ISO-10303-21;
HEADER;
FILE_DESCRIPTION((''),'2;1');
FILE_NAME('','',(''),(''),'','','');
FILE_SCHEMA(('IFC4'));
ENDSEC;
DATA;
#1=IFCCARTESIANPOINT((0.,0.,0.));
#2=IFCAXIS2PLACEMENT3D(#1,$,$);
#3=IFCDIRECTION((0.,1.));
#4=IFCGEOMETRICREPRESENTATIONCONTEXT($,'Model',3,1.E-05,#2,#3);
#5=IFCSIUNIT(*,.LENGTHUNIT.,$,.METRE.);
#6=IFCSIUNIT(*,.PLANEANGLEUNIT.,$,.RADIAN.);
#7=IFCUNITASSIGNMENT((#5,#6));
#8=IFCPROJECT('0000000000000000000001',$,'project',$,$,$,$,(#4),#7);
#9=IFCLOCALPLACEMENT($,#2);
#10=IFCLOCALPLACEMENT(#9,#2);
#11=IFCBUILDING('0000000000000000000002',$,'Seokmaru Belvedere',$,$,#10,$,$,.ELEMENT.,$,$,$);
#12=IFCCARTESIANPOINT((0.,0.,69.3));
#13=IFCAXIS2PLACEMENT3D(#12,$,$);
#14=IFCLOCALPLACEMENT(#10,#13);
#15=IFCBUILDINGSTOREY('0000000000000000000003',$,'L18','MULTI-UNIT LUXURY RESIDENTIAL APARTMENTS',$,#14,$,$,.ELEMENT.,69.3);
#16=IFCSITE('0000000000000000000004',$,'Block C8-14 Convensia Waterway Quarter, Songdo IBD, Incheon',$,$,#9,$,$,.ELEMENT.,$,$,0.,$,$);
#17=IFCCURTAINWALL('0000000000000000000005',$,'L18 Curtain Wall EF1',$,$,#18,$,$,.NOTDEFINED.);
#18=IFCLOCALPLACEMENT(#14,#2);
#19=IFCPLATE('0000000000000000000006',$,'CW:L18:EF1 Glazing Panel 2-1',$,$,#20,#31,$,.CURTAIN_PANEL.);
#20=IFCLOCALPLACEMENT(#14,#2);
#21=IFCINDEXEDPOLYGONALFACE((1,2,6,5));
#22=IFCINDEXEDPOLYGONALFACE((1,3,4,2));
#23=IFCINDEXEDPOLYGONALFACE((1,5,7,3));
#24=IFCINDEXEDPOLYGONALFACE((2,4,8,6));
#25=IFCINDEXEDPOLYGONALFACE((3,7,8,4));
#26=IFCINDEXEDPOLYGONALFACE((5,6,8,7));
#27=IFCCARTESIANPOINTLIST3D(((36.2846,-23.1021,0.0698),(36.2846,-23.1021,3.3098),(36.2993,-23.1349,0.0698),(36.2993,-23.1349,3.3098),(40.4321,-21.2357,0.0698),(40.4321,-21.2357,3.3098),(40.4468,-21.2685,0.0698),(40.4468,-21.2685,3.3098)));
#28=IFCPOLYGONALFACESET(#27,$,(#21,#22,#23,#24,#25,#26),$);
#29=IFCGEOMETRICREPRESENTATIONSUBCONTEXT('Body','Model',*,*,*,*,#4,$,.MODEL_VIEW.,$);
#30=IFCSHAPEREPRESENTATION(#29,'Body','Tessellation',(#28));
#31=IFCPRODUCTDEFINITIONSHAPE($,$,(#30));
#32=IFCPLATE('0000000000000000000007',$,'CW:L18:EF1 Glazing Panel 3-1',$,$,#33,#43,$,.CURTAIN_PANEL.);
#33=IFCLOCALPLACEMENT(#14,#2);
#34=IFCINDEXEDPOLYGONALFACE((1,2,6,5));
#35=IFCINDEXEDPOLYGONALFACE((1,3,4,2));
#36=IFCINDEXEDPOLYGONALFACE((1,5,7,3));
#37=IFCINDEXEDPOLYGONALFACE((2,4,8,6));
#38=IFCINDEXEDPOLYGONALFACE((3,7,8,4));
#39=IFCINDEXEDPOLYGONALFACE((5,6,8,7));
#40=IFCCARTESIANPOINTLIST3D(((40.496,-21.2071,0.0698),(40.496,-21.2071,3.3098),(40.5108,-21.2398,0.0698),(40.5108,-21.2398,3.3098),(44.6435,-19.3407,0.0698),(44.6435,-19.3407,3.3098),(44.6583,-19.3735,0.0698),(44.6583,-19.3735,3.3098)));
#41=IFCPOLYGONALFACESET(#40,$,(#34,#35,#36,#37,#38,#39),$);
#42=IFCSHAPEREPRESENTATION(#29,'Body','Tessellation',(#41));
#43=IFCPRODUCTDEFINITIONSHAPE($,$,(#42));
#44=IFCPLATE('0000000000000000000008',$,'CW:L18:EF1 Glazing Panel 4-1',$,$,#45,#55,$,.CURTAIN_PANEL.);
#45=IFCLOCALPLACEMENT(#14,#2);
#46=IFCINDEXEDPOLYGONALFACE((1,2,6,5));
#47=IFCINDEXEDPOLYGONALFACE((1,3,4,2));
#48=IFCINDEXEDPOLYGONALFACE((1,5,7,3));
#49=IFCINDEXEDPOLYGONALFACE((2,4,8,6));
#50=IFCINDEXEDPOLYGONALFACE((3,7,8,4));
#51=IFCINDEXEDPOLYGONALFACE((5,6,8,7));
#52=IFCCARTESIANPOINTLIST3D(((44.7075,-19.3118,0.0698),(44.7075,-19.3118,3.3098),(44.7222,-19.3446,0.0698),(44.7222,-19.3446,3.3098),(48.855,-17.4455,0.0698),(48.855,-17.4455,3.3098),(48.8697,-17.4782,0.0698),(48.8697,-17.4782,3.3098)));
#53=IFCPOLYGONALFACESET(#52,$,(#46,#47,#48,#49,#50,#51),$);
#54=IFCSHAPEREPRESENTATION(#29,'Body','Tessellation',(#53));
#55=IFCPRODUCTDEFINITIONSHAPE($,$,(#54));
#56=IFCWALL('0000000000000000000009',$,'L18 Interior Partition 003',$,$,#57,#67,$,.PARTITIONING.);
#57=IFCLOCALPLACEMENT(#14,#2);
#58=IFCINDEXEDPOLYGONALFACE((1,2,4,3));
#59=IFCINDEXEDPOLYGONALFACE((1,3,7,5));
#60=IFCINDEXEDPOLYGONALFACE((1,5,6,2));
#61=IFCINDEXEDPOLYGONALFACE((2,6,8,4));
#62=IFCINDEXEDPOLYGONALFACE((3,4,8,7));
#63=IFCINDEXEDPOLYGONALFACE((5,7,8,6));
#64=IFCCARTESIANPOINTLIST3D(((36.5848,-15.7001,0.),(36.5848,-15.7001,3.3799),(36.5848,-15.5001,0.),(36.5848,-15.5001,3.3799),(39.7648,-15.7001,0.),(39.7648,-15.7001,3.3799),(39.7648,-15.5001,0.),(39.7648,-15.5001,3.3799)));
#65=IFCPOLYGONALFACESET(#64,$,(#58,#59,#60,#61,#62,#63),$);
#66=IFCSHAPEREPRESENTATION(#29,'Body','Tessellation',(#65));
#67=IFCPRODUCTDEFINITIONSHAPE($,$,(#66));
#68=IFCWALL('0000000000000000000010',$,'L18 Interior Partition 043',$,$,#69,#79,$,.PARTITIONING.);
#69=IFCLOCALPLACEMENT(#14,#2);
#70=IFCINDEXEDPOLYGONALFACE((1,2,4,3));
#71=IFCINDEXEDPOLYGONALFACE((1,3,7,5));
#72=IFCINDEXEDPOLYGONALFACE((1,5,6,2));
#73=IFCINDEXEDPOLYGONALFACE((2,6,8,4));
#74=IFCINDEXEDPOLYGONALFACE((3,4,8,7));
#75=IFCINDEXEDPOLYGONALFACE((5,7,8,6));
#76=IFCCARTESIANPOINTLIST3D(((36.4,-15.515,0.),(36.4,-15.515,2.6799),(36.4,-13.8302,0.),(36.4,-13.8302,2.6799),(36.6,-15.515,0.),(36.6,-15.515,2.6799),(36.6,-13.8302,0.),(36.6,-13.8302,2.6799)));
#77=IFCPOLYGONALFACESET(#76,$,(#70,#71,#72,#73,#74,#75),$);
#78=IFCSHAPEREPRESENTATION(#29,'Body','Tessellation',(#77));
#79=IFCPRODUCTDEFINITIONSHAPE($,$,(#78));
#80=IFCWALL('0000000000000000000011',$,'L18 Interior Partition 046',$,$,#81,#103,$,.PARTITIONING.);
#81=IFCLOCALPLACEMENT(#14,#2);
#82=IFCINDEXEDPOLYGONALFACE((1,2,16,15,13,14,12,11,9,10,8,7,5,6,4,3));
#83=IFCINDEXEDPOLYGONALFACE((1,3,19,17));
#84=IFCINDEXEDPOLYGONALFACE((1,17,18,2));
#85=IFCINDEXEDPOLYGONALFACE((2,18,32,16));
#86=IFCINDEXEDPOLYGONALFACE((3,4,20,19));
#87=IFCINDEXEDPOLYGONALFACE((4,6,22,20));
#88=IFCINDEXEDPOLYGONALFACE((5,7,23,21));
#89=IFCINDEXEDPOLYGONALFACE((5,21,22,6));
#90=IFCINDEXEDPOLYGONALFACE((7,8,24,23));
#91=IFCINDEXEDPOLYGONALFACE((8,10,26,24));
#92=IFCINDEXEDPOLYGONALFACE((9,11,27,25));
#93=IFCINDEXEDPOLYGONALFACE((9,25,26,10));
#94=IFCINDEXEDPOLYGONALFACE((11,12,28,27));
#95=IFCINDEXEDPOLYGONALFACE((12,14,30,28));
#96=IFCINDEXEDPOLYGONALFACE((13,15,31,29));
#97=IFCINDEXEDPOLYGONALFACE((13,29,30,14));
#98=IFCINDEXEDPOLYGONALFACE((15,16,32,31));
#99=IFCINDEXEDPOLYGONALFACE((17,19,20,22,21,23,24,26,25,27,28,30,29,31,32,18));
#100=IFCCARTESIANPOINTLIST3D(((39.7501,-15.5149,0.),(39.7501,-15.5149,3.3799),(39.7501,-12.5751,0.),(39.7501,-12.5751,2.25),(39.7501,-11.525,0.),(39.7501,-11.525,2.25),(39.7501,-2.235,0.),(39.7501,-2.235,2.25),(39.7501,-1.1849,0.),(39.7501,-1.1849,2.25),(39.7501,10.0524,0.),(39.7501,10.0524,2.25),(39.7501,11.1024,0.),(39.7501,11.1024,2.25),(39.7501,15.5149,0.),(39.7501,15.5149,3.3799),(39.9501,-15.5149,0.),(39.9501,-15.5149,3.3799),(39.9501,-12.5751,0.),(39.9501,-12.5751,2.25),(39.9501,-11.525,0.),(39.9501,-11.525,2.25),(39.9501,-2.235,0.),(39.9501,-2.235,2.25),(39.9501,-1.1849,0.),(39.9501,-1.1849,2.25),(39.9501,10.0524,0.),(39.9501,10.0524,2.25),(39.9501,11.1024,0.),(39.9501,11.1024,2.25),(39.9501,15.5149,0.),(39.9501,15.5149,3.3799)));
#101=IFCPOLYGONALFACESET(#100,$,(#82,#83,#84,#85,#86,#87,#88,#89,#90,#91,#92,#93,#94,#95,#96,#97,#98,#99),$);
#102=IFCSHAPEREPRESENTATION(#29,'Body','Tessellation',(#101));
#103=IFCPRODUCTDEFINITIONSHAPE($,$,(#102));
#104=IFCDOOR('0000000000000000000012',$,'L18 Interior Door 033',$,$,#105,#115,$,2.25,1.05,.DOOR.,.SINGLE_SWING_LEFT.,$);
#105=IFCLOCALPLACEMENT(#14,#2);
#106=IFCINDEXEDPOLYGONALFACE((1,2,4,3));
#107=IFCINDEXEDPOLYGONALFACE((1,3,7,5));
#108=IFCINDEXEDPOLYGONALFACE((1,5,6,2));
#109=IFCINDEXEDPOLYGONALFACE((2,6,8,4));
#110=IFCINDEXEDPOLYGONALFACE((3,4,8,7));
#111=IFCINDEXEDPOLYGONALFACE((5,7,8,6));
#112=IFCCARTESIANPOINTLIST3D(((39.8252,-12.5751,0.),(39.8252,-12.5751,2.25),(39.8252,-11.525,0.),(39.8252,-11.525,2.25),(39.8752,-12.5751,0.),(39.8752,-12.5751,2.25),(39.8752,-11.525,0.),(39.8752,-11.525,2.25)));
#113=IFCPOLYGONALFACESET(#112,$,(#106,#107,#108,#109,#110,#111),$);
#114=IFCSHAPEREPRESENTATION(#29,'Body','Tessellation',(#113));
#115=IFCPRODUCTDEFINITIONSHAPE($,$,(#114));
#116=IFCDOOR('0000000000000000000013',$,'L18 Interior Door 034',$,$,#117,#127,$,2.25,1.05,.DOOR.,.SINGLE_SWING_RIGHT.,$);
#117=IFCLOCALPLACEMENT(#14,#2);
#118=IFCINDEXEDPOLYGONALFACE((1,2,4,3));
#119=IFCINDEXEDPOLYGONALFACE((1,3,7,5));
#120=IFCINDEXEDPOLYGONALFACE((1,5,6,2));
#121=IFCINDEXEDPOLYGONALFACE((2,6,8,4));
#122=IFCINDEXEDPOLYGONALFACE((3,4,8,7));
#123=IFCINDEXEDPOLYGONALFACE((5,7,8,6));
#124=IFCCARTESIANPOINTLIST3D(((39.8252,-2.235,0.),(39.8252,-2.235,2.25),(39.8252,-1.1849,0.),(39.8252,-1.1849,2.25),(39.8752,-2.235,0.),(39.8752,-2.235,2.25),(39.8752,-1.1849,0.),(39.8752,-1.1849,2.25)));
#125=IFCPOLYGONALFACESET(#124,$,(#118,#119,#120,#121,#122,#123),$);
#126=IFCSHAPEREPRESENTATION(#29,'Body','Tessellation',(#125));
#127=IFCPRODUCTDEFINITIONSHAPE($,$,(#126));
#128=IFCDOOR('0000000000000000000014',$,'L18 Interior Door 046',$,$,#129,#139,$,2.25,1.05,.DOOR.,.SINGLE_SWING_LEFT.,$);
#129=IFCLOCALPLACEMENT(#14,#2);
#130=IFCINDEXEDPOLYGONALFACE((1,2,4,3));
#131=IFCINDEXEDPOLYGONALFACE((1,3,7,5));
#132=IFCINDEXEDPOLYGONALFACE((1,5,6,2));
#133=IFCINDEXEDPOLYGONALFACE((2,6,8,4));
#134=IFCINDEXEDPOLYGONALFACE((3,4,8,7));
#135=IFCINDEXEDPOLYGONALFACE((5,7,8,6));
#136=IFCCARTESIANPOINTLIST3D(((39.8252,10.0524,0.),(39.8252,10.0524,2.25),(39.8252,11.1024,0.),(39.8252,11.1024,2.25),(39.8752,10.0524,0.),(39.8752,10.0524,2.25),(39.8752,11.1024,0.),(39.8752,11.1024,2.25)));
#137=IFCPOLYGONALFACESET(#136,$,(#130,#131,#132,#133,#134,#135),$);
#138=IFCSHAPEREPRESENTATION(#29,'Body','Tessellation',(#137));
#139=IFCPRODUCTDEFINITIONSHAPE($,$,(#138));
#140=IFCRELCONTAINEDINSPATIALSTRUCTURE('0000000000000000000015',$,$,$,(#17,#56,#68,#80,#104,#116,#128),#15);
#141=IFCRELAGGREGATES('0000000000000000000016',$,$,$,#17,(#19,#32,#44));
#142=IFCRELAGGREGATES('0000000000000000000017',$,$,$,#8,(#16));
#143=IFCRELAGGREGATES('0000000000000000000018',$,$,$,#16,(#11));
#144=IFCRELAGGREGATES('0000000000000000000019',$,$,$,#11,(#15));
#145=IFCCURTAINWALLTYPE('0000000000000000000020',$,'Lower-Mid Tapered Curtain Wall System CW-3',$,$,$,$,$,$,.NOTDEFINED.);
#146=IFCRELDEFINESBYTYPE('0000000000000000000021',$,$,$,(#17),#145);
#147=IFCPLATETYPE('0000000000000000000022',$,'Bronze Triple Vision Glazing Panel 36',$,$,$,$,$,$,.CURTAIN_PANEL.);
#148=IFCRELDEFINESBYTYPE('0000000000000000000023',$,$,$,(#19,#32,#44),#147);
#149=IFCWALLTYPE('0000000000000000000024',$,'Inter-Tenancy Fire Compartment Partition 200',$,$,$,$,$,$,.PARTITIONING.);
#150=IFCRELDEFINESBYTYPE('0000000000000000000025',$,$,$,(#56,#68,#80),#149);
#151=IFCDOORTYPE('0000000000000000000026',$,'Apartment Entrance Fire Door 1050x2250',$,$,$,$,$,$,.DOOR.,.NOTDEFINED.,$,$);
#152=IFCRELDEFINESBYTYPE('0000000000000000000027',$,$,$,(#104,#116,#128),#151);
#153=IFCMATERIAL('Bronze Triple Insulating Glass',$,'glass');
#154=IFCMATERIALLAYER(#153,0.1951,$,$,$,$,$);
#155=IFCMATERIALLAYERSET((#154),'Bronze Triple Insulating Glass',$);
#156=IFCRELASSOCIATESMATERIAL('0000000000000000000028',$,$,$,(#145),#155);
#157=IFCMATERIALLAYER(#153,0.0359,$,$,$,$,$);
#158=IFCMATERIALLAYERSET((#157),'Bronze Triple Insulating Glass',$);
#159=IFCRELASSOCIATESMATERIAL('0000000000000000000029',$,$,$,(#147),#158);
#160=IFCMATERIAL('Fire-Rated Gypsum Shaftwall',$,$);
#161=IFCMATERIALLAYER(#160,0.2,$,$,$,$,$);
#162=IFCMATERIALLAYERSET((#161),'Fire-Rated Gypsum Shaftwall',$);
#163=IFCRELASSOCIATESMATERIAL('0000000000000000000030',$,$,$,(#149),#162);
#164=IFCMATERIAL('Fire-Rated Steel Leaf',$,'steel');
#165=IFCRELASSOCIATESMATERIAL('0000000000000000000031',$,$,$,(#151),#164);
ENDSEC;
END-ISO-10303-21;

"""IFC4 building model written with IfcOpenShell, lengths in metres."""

from ifc_helpers import new_model, si_unit, direction, frame, frame_2d, origin, origin_2d, place, context, subcontext, project, spatial, rectangle, extrude, source, transform, mapped, material, layer, layer_set, type_object, type_shapes, element, fill, aggregate, save


model = new_model("IFC4")

# Units and contexts
model_context = context("Model", 3, precision=1e-05, world=origin(), true_north=direction((0.0, 1.0)))
body_context = subcontext(model_context, "Body", "Model", "MODEL_VIEW")
ifc_project = project(units=[si_unit("LENGTHUNIT", "METRE"), si_unit("PLANEANGLEUNIT", "RADIAN")], contexts=[model_context])

# Site, building, storey
site_placement = place(None, origin())
site = spatial("IfcSite", under=ifc_project, at=site_placement, Name="Block C8-14 Convensia Waterway Quarter, Songdo IBD, Incheon", CompositionType="ELEMENT", RefElevation=0.0)
building_placement = place(site_placement, origin())
building = spatial("IfcBuilding", under=site, at=building_placement, Name="Seokmaru Belvedere", CompositionType="ELEMENT")
storey_placement = place(building_placement, frame((0.0, 0.0, 69.3)))
storey = spatial("IfcBuildingStorey", under=building, at=storey_placement, Name="L18", Description="MULTI-UNIT LUXURY RESIDENTIAL APARTMENTS", CompositionType="ELEMENT", Elevation=69.3)

# Curtain wall, plates
ifc_material_1 = material(Name="Bronze Triple Insulating Glass", Category="glass")
ifc_layer_1 = layer(ifc_material_1, 0.1951)
ifc_layer_set_1 = layer_set([ifc_layer_1], Name="Bronze Triple Insulating Glass")
curtain_wall_type = type_object("IfcCurtainWallType", Name="Lower-Mid Tapered Curtain Wall System CW-3", PredefinedType="NOTDEFINED", material=ifc_layer_set_1)
curtain_wall_placement = place(storey_placement, origin())
curtain_wall = element("IfcCurtainWall", 1, at=curtain_wall_placement, inside=storey, type_object=curtain_wall_type, Name="L18 Curtain Wall EF1", PredefinedType="NOTDEFINED")
ifc_layer_2 = layer(ifc_material_1, 0.0359)
ifc_layer_set_2 = layer_set([ifc_layer_2], Name="Bronze Triple Insulating Glass")
plate_type = type_object("IfcPlateType", Name="Bronze Triple Vision Glazing Panel 36", PredefinedType="CURTAIN_PANEL", material=ifc_layer_set_2)
shared_shape_1 = source(origin(), body_context, "Body", "SweptSolid", [
    extrude(rectangle(XDim=4.5481, YDim=0.0359, at=origin_2d()), origin(), (0.0, 0.0, 1.0), 3.24),
])
type_shapes(plate_type, [shared_shape_1])
plate_1_placement = place(storey_placement, frame((38.3657, -22.1853, 0.0698), z_axis=(0.0, 0.0, 1.0), x_axis=(0.911921, 0.410366, 0.0)))
plate_1 = element("IfcPlate", 2, at=plate_1_placement, type_object=plate_type, Name="CW:L18:EF1 Glazing Panel 2-1", PredefinedType="CURTAIN_PANEL", context=body_context, shape_type="MappedRepresentation", body=[
    mapped(shared_shape_1, transform((0.0, 0.0, 0.0), scale=1.0)),
])
plate_2_placement = place(storey_placement, frame((42.5771, -20.2903, 0.0698), z_axis=(0.0, 0.0, 1.0), x_axis=(0.911921, 0.410366, 0.0)))
plate_2 = element("IfcPlate", 3, at=plate_2_placement, type_object=plate_type, Name="CW:L18:EF1 Glazing Panel 3-1", PredefinedType="CURTAIN_PANEL", context=body_context, shape_type="MappedRepresentation", body=[
    mapped(shared_shape_1, transform((0.0, 0.0, 0.0), scale=1.0)),
])
plate_3_placement = place(storey_placement, frame((46.7886, -18.395, 0.0698), z_axis=(0.0, 0.0, 1.0), x_axis=(0.911921, 0.410366, 0.0)))
plate_3 = element("IfcPlate", 4, at=plate_3_placement, type_object=plate_type, Name="CW:L18:EF1 Glazing Panel 4-1", PredefinedType="CURTAIN_PANEL", context=body_context, shape_type="MappedRepresentation", body=[
    mapped(shared_shape_1, transform((0.0, 0.0, 0.0), scale=1.0)),
])
aggregate(curtain_wall, [plate_1, plate_2, plate_3])

# Walls
ifc_material_2 = material(Name="Fire-Rated Gypsum Shaftwall")
ifc_layer_3 = layer(ifc_material_2, 0.2)
ifc_layer_set_3 = layer_set([ifc_layer_3], Name="Fire-Rated Gypsum Shaftwall")
wall_type = type_object("IfcWallType", Name="Inter-Tenancy Fire Compartment Partition 200", PredefinedType="PARTITIONING", material=ifc_layer_set_3)
wall_1_placement = place(storey_placement, frame((36.585, -15.6001, 0.0), z_axis=(0.0, 0.0, 1.0), x_axis=(1.0, 0.0, 0.0)))
element("IfcWall", 5, at=wall_1_placement, inside=storey, type_object=wall_type, Name="L18 Interior Partition 003", PredefinedType="PARTITIONING", context=body_context, shape_type="SweptSolid", body=[
    extrude(rectangle(XDim=3.1799, YDim=0.2, at=frame_2d((1.5898, 0.0))), origin(), (0.0, 0.0, 1.0), 3.3799),
])
wall_2_placement = place(storey_placement, frame((36.5, -15.5149, 0.0), z_axis=(0.0, 0.0, 1.0), x_axis=(0.0, 1.0, 0.0)))
element("IfcWall", 6, at=wall_2_placement, inside=storey, type_object=wall_type, Name="L18 Interior Partition 043", PredefinedType="PARTITIONING", context=body_context, shape_type="SweptSolid", body=[
    extrude(rectangle(XDim=1.6848, YDim=0.2, at=frame_2d((0.8423, 0.0))), origin(), (0.0, 0.0, 1.0), 2.6799),
])

# Wall, openings, doors
wall_3_placement = place(storey_placement, frame((39.8501, -15.5149, 0.0), z_axis=(0.0, 0.0, 1.0), x_axis=(0.0, 1.0, 0.0)))
wall_3 = element("IfcWall", 7, at=wall_3_placement, inside=storey, type_object=wall_type, Name="L18 Interior Partition 046", PredefinedType="PARTITIONING", context=body_context, shape_type="SweptSolid", body=[
    extrude(rectangle(XDim=31.0298, YDim=0.2, at=frame_2d((15.5149, 0.0))), origin(), (0.0, 0.0, 1.0), 3.3799),
])
opening_1_placement = place(wall_3_placement, frame((2.9399, 0.0, 0.0)))
opening_1 = element("IfcOpeningElement", 8, at=opening_1_placement, cuts=wall_3, PredefinedType="OPENING", context=body_context, shape_type="SweptSolid", body=[
    extrude(rectangle(XDim=1.05, YDim=2.25, at=frame_2d((0.5249, 1.125))), frame((0.0, 0.1099, 0.0), z_axis=(0.0, -1.0, 0.0), x_axis=(1.0, 0.0, 0.0)), (0.0, 0.0, 1.0), 0.22),
])
opening_2_placement = place(wall_3_placement, frame((13.28, 0.0, 0.0)))
opening_2 = element("IfcOpeningElement", 9, at=opening_2_placement, cuts=wall_3, PredefinedType="OPENING", context=body_context, shape_type="SweptSolid", body=[
    extrude(rectangle(XDim=1.05, YDim=2.25, at=frame_2d((0.5249, 1.125))), frame((0.0, 0.1099, 0.0), z_axis=(0.0, -1.0, 0.0), x_axis=(1.0, 0.0, 0.0)), (0.0, 0.0, 1.0), 0.22),
])
opening_3_placement = place(wall_3_placement, frame((25.5674, 0.0, 0.0)))
opening_3 = element("IfcOpeningElement", 10, at=opening_3_placement, cuts=wall_3, PredefinedType="OPENING", context=body_context, shape_type="SweptSolid", body=[
    extrude(rectangle(XDim=1.05, YDim=2.25, at=frame_2d((0.5249, 1.125))), frame((0.0, 0.1099, 0.0), z_axis=(0.0, -1.0, 0.0), x_axis=(1.0, 0.0, 0.0)), (0.0, 0.0, 1.0), 0.22),
])
ifc_material_3 = material(Name="Fire-Rated Steel Leaf", Category="steel")
door_type = type_object("IfcDoorType", Name="Apartment Entrance Fire Door 1050x2250", OperationType="NOTDEFINED", PredefinedType="DOOR", material=ifc_material_3)
shared_shape_2 = source(origin(), body_context, "Body", "SweptSolid", [
    extrude(rectangle(XDim=1.05, YDim=2.25, at=frame_2d((0.5249, 1.125))), frame((0.0, 0.0249, 0.0), z_axis=(0.0, -1.0, 0.0), x_axis=(1.0, 0.0, 0.0)), (0.0, 0.0, 1.0), 0.05),
])
type_shapes(door_type, [shared_shape_2])
door_1_placement = place(opening_1_placement, origin())
door_1 = element("IfcDoor", 11, at=door_1_placement, inside=storey, type_object=door_type, Name="L18 Interior Door 033", OperationType="SINGLE_SWING_LEFT", OverallHeight=2.25, OverallWidth=1.05, PredefinedType="DOOR", context=body_context, shape_type="MappedRepresentation", body=[
    mapped(shared_shape_2, transform((0.0, 0.0, 0.0), scale=1.0)),
])
fill(opening_1, door_1)
door_2_placement = place(opening_2_placement, origin())
door_2 = element("IfcDoor", 12, at=door_2_placement, inside=storey, type_object=door_type, Name="L18 Interior Door 034", OperationType="SINGLE_SWING_RIGHT", OverallHeight=2.25, OverallWidth=1.05, PredefinedType="DOOR", context=body_context, shape_type="MappedRepresentation", body=[
    mapped(shared_shape_2, transform((0.0, 0.0, 0.0), scale=1.0)),
])
fill(opening_2, door_2)
door_3_placement = place(opening_3_placement, origin())
door_3 = element("IfcDoor", 13, at=door_3_placement, inside=storey, type_object=door_type, Name="L18 Interior Door 046", OperationType="SINGLE_SWING_LEFT", OverallHeight=2.25, OverallWidth=1.05, PredefinedType="DOOR", context=body_context, shape_type="MappedRepresentation", body=[
    mapped(shared_shape_2, transform((0.0, 0.0, 0.0), scale=1.0)),
])
fill(opening_3, door_3)

save(model, "model.ifc")
